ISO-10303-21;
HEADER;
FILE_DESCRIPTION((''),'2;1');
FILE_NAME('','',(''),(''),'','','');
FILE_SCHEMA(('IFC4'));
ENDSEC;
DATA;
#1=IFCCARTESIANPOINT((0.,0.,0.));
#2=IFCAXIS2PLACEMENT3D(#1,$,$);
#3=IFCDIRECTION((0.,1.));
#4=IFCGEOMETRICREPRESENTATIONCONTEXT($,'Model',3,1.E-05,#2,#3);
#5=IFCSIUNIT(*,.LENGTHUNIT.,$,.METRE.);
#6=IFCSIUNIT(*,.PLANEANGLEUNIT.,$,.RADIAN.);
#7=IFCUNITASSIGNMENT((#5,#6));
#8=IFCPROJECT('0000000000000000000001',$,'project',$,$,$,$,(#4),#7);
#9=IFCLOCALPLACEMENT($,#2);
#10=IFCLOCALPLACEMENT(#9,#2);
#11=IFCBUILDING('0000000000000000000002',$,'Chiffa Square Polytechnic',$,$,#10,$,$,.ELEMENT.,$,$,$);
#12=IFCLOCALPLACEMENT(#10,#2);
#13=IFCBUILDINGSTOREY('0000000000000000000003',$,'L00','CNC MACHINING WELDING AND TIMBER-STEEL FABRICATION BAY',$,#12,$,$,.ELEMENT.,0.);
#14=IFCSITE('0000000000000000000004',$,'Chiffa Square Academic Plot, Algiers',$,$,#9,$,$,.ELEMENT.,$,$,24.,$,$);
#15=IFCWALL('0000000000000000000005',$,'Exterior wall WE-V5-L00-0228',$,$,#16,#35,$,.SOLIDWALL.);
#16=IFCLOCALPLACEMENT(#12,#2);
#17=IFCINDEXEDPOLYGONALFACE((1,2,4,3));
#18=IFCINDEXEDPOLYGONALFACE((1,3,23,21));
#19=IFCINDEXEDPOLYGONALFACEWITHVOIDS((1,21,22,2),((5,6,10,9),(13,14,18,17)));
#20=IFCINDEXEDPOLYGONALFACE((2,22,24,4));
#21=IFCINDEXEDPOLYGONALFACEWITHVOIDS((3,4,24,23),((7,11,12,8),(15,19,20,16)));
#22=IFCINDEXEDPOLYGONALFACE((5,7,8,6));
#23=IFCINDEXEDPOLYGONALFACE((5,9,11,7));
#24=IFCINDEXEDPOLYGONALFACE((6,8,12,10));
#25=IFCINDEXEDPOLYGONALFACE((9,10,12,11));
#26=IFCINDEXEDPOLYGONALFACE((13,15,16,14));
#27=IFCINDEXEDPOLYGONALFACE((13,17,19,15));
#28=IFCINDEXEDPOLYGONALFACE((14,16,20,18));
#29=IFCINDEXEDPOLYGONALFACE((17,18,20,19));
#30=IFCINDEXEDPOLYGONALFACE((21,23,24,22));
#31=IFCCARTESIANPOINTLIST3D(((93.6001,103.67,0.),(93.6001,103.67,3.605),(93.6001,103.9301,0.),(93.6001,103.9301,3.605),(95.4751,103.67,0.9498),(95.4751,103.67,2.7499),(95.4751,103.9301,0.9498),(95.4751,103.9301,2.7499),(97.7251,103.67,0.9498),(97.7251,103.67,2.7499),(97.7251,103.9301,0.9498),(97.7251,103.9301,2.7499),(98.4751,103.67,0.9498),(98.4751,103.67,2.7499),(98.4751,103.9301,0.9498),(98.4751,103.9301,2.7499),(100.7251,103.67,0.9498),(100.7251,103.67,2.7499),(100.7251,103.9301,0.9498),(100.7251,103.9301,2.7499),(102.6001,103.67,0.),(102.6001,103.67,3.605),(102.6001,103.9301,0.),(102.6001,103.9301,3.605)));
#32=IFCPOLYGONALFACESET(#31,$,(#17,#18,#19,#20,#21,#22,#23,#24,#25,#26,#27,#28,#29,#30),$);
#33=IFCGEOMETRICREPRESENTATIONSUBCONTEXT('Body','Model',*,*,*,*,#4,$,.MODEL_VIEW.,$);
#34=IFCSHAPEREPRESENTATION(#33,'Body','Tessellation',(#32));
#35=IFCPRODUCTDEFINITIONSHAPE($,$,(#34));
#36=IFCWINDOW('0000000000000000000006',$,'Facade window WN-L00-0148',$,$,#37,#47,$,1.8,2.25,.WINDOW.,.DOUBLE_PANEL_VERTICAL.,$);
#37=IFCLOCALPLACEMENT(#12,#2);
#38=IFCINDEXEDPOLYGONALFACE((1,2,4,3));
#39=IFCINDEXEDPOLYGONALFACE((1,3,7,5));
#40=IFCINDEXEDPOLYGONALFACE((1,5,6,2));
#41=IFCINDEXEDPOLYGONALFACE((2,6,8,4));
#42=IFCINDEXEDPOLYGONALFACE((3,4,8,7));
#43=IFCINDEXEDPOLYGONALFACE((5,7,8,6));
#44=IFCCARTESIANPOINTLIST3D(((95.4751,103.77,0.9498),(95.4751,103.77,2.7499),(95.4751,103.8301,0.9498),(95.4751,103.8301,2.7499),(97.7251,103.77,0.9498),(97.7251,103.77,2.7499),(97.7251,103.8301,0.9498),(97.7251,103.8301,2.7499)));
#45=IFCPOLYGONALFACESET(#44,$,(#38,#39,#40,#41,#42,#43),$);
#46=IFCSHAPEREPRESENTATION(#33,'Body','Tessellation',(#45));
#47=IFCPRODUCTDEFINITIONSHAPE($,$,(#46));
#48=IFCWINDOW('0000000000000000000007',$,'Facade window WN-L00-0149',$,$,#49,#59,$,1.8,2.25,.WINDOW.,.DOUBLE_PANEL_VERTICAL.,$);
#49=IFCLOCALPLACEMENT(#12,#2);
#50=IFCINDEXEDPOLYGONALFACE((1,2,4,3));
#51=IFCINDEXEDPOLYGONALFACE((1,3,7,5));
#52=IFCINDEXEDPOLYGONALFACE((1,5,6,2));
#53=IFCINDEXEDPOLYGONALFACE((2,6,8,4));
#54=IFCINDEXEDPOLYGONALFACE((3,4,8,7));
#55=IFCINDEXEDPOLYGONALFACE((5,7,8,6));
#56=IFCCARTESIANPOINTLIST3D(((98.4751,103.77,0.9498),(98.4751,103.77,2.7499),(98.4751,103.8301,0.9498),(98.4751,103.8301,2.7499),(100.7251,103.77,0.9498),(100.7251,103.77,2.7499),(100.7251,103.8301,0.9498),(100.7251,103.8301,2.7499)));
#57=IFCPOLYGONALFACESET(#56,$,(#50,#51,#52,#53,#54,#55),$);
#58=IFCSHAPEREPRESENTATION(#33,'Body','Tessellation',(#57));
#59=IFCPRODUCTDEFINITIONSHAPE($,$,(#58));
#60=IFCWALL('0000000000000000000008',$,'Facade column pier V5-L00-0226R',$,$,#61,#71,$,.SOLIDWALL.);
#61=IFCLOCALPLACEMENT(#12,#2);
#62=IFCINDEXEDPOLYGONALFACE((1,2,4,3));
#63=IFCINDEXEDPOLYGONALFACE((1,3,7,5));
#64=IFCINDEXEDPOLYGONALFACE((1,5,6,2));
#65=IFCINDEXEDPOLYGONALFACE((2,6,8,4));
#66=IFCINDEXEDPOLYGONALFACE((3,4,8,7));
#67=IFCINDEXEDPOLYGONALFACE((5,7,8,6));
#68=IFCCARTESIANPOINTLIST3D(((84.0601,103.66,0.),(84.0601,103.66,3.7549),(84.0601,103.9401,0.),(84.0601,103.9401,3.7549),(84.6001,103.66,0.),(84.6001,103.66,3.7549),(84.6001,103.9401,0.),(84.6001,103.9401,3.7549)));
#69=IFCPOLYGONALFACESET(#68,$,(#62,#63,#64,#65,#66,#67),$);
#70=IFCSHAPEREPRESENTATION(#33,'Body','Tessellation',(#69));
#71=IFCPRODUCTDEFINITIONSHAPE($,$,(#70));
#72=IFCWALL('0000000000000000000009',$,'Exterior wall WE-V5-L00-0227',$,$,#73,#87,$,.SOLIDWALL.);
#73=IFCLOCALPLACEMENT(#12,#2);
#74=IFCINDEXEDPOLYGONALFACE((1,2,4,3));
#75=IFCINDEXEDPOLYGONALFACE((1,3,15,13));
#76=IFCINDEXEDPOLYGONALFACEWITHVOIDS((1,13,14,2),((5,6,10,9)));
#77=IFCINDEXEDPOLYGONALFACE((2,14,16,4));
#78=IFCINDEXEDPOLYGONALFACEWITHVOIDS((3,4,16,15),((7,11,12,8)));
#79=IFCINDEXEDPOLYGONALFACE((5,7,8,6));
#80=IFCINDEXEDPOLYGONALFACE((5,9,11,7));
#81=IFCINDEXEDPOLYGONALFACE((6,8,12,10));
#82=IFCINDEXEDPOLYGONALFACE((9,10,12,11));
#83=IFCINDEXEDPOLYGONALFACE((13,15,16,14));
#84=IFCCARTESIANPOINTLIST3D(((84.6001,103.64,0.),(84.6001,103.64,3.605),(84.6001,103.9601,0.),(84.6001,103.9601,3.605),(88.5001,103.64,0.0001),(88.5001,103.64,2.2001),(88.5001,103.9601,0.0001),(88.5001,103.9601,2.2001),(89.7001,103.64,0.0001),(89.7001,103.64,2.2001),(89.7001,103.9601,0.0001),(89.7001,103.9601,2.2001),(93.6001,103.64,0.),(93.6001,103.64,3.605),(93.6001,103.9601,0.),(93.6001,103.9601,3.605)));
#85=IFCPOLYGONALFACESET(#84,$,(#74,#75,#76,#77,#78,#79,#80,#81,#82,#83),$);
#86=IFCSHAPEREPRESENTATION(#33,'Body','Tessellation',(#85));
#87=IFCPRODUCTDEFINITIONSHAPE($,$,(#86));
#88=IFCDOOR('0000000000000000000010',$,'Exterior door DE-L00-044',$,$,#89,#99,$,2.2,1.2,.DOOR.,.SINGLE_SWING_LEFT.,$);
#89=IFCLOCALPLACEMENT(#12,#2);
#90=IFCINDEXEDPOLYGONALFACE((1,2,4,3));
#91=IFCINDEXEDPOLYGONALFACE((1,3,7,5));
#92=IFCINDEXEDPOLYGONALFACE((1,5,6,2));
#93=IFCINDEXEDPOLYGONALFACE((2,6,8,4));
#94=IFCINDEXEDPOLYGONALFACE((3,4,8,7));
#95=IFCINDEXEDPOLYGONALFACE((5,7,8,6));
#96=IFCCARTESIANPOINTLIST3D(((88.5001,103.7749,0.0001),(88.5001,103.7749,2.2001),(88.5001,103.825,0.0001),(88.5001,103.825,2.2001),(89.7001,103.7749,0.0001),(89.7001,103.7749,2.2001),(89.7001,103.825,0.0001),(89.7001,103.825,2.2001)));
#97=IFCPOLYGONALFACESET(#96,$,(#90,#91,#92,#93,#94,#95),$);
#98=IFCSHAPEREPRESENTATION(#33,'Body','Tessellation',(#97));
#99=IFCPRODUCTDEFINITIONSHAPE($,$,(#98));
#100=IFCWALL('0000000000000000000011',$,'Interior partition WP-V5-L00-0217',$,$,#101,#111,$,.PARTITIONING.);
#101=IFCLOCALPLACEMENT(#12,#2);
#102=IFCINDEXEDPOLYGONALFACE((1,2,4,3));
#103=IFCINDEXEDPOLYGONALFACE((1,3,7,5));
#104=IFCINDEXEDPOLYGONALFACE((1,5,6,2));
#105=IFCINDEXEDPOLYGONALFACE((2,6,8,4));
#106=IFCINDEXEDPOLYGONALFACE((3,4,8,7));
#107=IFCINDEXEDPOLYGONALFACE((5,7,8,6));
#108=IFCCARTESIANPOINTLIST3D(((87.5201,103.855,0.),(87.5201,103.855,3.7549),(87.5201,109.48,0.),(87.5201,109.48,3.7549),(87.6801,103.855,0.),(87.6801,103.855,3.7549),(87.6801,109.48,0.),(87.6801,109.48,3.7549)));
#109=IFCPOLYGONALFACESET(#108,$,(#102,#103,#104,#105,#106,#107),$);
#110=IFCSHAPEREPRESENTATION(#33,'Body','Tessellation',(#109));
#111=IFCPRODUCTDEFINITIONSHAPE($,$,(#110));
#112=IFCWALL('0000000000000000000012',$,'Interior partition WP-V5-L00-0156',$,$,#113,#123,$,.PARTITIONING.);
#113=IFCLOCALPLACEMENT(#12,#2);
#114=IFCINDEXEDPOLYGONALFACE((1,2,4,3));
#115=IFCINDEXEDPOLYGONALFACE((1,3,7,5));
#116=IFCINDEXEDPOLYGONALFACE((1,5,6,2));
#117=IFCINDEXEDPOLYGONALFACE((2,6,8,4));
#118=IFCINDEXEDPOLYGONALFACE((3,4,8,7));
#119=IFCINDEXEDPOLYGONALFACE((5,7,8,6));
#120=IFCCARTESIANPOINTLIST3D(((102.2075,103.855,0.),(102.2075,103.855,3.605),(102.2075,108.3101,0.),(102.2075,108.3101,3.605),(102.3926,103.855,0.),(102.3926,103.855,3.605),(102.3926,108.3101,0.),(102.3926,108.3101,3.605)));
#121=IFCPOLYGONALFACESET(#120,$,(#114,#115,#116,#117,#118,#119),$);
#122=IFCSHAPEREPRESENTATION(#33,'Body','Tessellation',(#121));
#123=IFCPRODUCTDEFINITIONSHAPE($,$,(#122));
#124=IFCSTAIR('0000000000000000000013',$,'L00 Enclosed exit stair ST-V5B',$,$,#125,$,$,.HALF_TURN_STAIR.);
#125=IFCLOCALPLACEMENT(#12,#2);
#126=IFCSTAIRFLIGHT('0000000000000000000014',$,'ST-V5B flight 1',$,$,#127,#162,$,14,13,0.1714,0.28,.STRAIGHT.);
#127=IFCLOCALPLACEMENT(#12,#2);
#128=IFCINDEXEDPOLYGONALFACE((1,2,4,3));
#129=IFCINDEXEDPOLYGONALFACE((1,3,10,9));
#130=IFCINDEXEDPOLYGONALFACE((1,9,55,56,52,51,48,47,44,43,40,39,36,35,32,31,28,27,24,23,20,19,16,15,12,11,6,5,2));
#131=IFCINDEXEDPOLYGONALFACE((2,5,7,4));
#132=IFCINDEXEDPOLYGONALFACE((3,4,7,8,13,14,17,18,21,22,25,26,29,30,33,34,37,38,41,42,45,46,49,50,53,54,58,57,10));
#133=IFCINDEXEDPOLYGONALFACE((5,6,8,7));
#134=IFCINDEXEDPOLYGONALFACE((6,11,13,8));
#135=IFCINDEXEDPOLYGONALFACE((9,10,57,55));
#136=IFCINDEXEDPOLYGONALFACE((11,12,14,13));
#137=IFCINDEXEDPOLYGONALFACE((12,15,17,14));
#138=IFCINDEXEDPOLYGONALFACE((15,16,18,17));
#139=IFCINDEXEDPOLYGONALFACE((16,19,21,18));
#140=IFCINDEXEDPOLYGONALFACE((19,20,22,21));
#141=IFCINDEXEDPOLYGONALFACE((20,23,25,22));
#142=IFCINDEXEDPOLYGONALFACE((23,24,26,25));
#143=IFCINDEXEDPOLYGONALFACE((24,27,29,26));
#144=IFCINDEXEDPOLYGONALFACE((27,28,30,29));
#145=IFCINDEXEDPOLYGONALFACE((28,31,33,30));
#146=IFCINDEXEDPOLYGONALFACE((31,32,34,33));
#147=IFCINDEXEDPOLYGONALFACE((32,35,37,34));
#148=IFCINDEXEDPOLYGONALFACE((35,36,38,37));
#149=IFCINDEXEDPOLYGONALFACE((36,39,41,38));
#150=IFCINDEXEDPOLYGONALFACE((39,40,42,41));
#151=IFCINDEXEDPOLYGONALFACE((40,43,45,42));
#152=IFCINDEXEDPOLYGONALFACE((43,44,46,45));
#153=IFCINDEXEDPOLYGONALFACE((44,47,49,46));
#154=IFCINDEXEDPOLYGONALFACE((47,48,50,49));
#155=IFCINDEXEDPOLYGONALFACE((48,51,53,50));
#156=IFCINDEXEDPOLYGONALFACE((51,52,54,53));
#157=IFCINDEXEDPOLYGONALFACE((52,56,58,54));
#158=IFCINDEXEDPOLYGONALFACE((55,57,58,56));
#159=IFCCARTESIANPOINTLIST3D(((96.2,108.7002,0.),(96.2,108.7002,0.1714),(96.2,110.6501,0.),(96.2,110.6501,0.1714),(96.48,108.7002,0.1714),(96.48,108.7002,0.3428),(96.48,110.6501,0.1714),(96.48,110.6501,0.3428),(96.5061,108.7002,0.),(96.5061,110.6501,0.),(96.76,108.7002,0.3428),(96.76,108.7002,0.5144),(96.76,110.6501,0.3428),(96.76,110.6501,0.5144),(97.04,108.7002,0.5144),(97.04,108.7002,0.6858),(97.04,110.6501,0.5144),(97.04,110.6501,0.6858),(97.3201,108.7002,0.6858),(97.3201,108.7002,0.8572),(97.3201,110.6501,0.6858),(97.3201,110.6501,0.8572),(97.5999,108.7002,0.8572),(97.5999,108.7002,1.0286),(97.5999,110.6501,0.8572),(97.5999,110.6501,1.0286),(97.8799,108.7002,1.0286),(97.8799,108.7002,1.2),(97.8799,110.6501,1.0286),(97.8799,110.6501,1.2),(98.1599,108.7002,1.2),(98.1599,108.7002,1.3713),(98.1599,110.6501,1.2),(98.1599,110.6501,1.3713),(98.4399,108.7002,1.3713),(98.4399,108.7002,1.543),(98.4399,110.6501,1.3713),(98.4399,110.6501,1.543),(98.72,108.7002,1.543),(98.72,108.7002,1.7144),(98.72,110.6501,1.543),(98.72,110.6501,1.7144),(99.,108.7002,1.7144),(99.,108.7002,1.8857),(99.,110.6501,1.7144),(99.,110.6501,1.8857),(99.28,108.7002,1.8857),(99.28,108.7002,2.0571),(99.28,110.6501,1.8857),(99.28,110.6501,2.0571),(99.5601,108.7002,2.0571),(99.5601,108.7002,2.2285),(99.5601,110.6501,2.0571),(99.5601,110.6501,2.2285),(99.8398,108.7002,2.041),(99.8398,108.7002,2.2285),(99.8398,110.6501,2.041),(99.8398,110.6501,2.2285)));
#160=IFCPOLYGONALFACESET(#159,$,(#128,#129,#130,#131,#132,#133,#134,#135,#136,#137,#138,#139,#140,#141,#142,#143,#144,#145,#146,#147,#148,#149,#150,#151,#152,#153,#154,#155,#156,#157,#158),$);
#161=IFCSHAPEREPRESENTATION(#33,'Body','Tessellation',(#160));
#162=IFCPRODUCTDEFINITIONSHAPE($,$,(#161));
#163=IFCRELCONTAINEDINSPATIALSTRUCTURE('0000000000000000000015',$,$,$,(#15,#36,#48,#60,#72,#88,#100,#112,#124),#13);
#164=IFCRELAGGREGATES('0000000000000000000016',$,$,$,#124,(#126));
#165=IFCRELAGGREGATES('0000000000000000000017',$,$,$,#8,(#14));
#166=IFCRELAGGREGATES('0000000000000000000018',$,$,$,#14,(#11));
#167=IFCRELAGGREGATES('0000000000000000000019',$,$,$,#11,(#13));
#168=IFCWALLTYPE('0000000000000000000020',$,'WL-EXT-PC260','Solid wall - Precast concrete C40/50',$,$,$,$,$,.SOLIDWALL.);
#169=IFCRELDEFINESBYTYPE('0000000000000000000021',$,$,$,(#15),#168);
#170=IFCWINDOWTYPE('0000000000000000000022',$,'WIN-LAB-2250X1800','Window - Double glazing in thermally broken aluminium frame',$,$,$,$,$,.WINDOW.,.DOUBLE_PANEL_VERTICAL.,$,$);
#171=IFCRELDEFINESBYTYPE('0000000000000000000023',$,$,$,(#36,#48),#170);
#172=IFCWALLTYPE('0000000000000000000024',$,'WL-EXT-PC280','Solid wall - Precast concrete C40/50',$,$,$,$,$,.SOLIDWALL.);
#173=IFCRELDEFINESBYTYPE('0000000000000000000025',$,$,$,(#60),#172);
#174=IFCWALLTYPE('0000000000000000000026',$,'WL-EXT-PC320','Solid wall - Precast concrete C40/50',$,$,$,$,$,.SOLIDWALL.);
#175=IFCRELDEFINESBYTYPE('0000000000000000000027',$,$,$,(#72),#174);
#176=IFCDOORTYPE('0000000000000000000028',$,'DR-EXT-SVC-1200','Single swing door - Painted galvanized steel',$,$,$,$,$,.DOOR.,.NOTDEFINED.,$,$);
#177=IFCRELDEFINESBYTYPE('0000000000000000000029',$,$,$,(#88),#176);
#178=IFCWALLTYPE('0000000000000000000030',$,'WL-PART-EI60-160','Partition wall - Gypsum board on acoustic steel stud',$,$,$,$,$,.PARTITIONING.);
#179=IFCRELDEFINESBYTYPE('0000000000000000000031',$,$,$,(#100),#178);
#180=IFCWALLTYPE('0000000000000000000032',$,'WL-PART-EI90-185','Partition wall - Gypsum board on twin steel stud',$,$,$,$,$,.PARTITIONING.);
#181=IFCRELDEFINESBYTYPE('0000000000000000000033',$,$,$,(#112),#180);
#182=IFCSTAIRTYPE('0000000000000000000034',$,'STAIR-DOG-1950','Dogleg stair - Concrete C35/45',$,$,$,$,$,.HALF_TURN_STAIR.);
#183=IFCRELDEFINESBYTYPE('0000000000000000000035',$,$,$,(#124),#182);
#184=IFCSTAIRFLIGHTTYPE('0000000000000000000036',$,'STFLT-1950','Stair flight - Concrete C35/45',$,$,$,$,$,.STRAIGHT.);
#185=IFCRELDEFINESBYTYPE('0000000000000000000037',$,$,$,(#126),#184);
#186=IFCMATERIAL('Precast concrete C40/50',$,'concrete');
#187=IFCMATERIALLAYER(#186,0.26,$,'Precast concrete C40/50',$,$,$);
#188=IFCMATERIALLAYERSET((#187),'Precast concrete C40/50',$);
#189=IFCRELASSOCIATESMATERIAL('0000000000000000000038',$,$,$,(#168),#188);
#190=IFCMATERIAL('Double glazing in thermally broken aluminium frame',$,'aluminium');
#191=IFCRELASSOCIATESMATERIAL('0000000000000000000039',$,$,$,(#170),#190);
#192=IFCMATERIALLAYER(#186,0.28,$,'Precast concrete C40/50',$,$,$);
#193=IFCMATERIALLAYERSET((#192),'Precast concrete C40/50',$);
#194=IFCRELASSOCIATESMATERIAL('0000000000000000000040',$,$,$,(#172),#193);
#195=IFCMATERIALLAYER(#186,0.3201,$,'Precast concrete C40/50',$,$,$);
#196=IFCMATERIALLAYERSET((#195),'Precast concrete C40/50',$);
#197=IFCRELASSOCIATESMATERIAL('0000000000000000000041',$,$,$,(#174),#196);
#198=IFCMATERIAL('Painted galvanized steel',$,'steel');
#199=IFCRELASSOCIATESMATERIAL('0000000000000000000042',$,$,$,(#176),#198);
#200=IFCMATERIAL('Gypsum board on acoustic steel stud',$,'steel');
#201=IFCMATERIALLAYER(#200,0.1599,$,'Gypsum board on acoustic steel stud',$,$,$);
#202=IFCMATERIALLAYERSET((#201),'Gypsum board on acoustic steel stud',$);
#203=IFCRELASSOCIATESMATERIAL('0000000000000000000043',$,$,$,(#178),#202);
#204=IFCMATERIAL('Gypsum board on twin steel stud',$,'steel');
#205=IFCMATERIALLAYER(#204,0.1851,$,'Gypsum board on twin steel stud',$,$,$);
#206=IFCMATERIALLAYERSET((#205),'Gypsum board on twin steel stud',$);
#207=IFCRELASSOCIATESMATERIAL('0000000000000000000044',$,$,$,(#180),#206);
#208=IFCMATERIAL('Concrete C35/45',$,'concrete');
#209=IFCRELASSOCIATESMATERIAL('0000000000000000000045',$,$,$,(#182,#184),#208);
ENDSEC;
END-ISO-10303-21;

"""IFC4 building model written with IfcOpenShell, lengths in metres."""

from ifc_helpers import new_model, si_unit, direction, frame, frame_2d, origin, place, context, subcontext, project, spatial, polyline, rectangle, outline, extrude, material, layer, layer_set, type_object, element, fill, aggregate, save


model = new_model("IFC4")

# Units and contexts
model_context = context("Model", 3, precision=1e-05, world=origin(), true_north=direction((0.0, 1.0)))
body_context = subcontext(model_context, "Body", "Model", "MODEL_VIEW")
ifc_project = project(units=[si_unit("LENGTHUNIT", "METRE"), si_unit("PLANEANGLEUNIT", "RADIAN")], contexts=[model_context])

# Site, building, storey
site_placement = place(None, origin())
site = spatial("IfcSite", under=ifc_project, at=site_placement, Name="Chiffa Square Academic Plot, Algiers", CompositionType="ELEMENT", RefElevation=24.0)
building_placement = place(site_placement, origin())
building = spatial("IfcBuilding", under=site, at=building_placement, Name="Chiffa Square Polytechnic", CompositionType="ELEMENT")
storey_placement = place(building_placement, origin())
storey = spatial("IfcBuildingStorey", under=building, at=storey_placement, Name="L00", Description="CNC MACHINING WELDING AND TIMBER-STEEL FABRICATION BAY", CompositionType="ELEMENT", Elevation=0.0)

# Shared definitions
ifc_material_1 = material(Name="Concrete C35/45", Category="concrete")

# Wall, openings, windows
ifc_material_2 = material(Name="Precast concrete C40/50", Category="concrete")
ifc_layer_1 = layer(ifc_material_2, 0.26, Name="Precast concrete C40/50")
ifc_layer_set_1 = layer_set([ifc_layer_1], Name="Precast concrete C40/50")
wall_type_1 = type_object("IfcWallType", Name="WL-EXT-PC260", Description="Solid wall - Precast concrete C40/50", PredefinedType="SOLIDWALL", material=ifc_layer_set_1)
wall_1_placement = place(storey_placement, frame((93.6001, 103.8, 0.0), z_axis=(0.0, 0.0, 1.0), x_axis=(1.0, 0.0, 0.0)))
wall_1 = element("IfcWall", 1, at=wall_1_placement, inside=storey, type_object=wall_type_1, Name="Exterior wall WE-V5-L00-0228", PredefinedType="SOLIDWALL", context=body_context, shape_type="SweptSolid", body=[
    extrude(rectangle(XDim=9.0, YDim=0.26, at=frame_2d((4.5, 0.0))), origin(), (0.0, 0.0, 1.0), 3.605),
])
opening_1_placement = place(wall_1_placement, frame((1.875, 0.0, 0.95)))
opening_1 = element("IfcOpeningElement", 2, at=opening_1_placement, cuts=wall_1, PredefinedType="OPENING", context=body_context, shape_type="SweptSolid", body=[
    extrude(rectangle(XDim=2.25, YDim=1.8, at=frame_2d((1.125, 0.8999))), frame((0.0, 0.1401, 0.0), z_axis=(0.0, -1.0, 0.0), x_axis=(1.0, 0.0, 0.0)), (0.0, 0.0, 1.0), 0.28),
])
opening_2_placement = place(wall_1_placement, frame((4.875, 0.0, 0.95)))
opening_2 = element("IfcOpeningElement", 3, at=opening_2_placement, cuts=wall_1, PredefinedType="OPENING", context=body_context, shape_type="SweptSolid", body=[
    extrude(rectangle(XDim=2.25, YDim=1.8, at=frame_2d((1.125, 0.8999))), frame((0.0, 0.1401, 0.0), z_axis=(0.0, -1.0, 0.0), x_axis=(1.0, 0.0, 0.0)), (0.0, 0.0, 1.0), 0.28),
])
ifc_material_3 = material(Name="Double glazing in thermally broken aluminium frame", Category="aluminium")
window_type = type_object("IfcWindowType", Name="WIN-LAB-2250X1800", Description="Window - Double glazing in thermally broken aluminium frame", PartitioningType="DOUBLE_PANEL_VERTICAL", PredefinedType="WINDOW", material=ifc_material_3)
window_1_placement = place(opening_1_placement, origin())
window_1 = element("IfcWindow", 4, at=window_1_placement, inside=storey, type_object=window_type, Name="Facade window WN-L00-0148", OverallHeight=1.8, OverallWidth=2.25, PartitioningType="DOUBLE_PANEL_VERTICAL", PredefinedType="WINDOW", context=body_context, shape_type="SweptSolid", body=[
    extrude(rectangle(XDim=2.25, YDim=1.8, at=frame_2d((1.125, 0.8999))), frame((0.0, 0.03, 0.0), z_axis=(0.0, -1.0, 0.0), x_axis=(1.0, 0.0, 0.0)), (0.0, 0.0, 1.0), 0.0601),
])
fill(opening_1, window_1)
window_2_placement = place(opening_2_placement, origin())
window_2 = element("IfcWindow", 5, at=window_2_placement, inside=storey, type_object=window_type, Name="Facade window WN-L00-0149", OverallHeight=1.8, OverallWidth=2.25, PartitioningType="DOUBLE_PANEL_VERTICAL", PredefinedType="WINDOW", context=body_context, shape_type="SweptSolid", body=[
    extrude(rectangle(XDim=2.25, YDim=1.8, at=frame_2d((1.125, 0.8999))), frame((0.0, 0.03, 0.0), z_axis=(0.0, -1.0, 0.0), x_axis=(1.0, 0.0, 0.0)), (0.0, 0.0, 1.0), 0.0601),
])
fill(opening_2, window_2)

# Wall
ifc_layer_2 = layer(ifc_material_2, 0.28, Name="Precast concrete C40/50")
ifc_layer_set_2 = layer_set([ifc_layer_2], Name="Precast concrete C40/50")
wall_type_2 = type_object("IfcWallType", Name="WL-EXT-PC280", Description="Solid wall - Precast concrete C40/50", PredefinedType="SOLIDWALL", material=ifc_layer_set_2)
wall_2_placement = place(storey_placement, frame((84.0601, 103.8, 0.0), z_axis=(0.0, 0.0, 1.0), x_axis=(1.0, 0.0, 0.0)))
element("IfcWall", 6, at=wall_2_placement, inside=storey, type_object=wall_type_2, Name="Facade column pier V5-L00-0226R", PredefinedType="SOLIDWALL", context=body_context, shape_type="SweptSolid", body=[
    extrude(rectangle(XDim=0.54, YDim=0.28, at=frame_2d((0.27, 0.0))), origin(), (0.0, 0.0, 1.0), 3.7549),
])

# Wall, opening, door
ifc_layer_3 = layer(ifc_material_2, 0.3201, Name="Precast concrete C40/50")
ifc_layer_set_3 = layer_set([ifc_layer_3], Name="Precast concrete C40/50")
wall_type_3 = type_object("IfcWallType", Name="WL-EXT-PC320", Description="Solid wall - Precast concrete C40/50", PredefinedType="SOLIDWALL", material=ifc_layer_set_3)
wall_3_placement = place(storey_placement, frame((84.6001, 103.8, 0.0), z_axis=(0.0, 0.0, 1.0), x_axis=(1.0, 0.0, 0.0)))
wall_3 = element("IfcWall", 7, at=wall_3_placement, inside=storey, type_object=wall_type_3, Name="Exterior wall WE-V5-L00-0227", PredefinedType="SOLIDWALL", context=body_context, shape_type="SweptSolid", body=[
    extrude(rectangle(XDim=9.0, YDim=0.3201, at=frame_2d((4.5, 0.0))), origin(), (0.0, 0.0, 1.0), 3.605),
])
opening_3_placement = place(wall_3_placement, frame((3.8999, 0.0, 0.0)))
opening_3 = element("IfcOpeningElement", 8, at=opening_3_placement, cuts=wall_3, PredefinedType="OPENING", context=body_context, shape_type="SweptSolid", body=[
    extrude(rectangle(XDim=1.2, YDim=2.2, at=frame_2d((0.6001, 1.1001))), frame((0.0, 0.1699, 0.0), z_axis=(0.0, -1.0, 0.0), x_axis=(1.0, 0.0, 0.0)), (0.0, 0.0, 1.0), 0.3401),
])
ifc_material_4 = material(Name="Painted galvanized steel", Category="steel")
door_type = type_object("IfcDoorType", Name="DR-EXT-SVC-1200", Description="Single swing door - Painted galvanized steel", OperationType="NOTDEFINED", PredefinedType="DOOR", material=ifc_material_4)
door_placement = place(opening_3_placement, origin())
door = element("IfcDoor", 9, at=door_placement, inside=storey, type_object=door_type, Name="Exterior door DE-L00-044", OperationType="SINGLE_SWING_LEFT", OverallHeight=2.2, OverallWidth=1.2, PredefinedType="DOOR", context=body_context, shape_type="SweptSolid", body=[
    extrude(rectangle(XDim=1.2, YDim=2.2, at=frame_2d((0.6001, 1.1001))), frame((0.0, 0.0249, 0.0), z_axis=(0.0, -1.0, 0.0), x_axis=(1.0, 0.0, 0.0)), (0.0, 0.0, 1.0), 0.05),
])
fill(opening_3, door)

# Walls
ifc_material_5 = material(Name="Gypsum board on acoustic steel stud", Category="steel")
ifc_layer_4 = layer(ifc_material_5, 0.1599, Name="Gypsum board on acoustic steel stud")
ifc_layer_set_4 = layer_set([ifc_layer_4], Name="Gypsum board on acoustic steel stud")
wall_type_4 = type_object("IfcWallType", Name="WL-PART-EI60-160", Description="Partition wall - Gypsum board on acoustic steel stud", PredefinedType="PARTITIONING", material=ifc_layer_set_4)
wall_4_placement = place(storey_placement, frame((87.6001, 103.855, 0.0), z_axis=(0.0, 0.0, 1.0), x_axis=(0.0, 1.0, 0.0)))
element("IfcWall", 10, at=wall_4_placement, inside=storey, type_object=wall_type_4, Name="Interior partition WP-V5-L00-0217", PredefinedType="PARTITIONING", context=body_context, shape_type="SweptSolid", body=[
    extrude(rectangle(XDim=5.625, YDim=0.1599, at=frame_2d((2.8125, 0.0))), origin(), (0.0, 0.0, 1.0), 3.7549),
])
ifc_material_6 = material(Name="Gypsum board on twin steel stud", Category="steel")
ifc_layer_5 = layer(ifc_material_6, 0.1851, Name="Gypsum board on twin steel stud")
ifc_layer_set_5 = layer_set([ifc_layer_5], Name="Gypsum board on twin steel stud")
wall_type_5 = type_object("IfcWallType", Name="WL-PART-EI90-185", Description="Partition wall - Gypsum board on twin steel stud", PredefinedType="PARTITIONING", material=ifc_layer_set_5)
wall_5_placement = place(storey_placement, frame((102.3, 103.855, 0.0), z_axis=(0.0, 0.0, 1.0), x_axis=(0.0, 1.0, 0.0)))
element("IfcWall", 11, at=wall_5_placement, inside=storey, type_object=wall_type_5, Name="Interior partition WP-V5-L00-0156", PredefinedType="PARTITIONING", context=body_context, shape_type="SweptSolid", body=[
    extrude(rectangle(XDim=4.4551, YDim=0.1851, at=frame_2d((2.2275, 0.0))), origin(), (0.0, 0.0, 1.0), 3.605),
])

# Stair, stair flight
stair_type = type_object("IfcStairType", Name="STAIR-DOG-1950", Description="Dogleg stair - Concrete C35/45", PredefinedType="HALF_TURN_STAIR", material=ifc_material_1)
stair_placement = place(storey_placement, origin())
stair = element("IfcStair", 12, at=stair_placement, inside=storey, type_object=stair_type, Name="L00 Enclosed exit stair ST-V5B", PredefinedType="HALF_TURN_STAIR")
stair_flight_type = type_object("IfcStairFlightType", Name="STFLT-1950", Description="Stair flight - Concrete C35/45", PredefinedType="STRAIGHT", material=ifc_material_1)
stair_flight_placement = place(storey_placement, frame((96.2, 109.675, 0.0), z_axis=(0.0, 0.0, 1.0), x_axis=(1.0, 0.0, 0.0)))
stair_flight = element("IfcStairFlight", 13, at=stair_flight_placement, type_object=stair_flight_type, Name="ST-V5B flight 1", NumberOfRisers=14, NumberOfTreads=13, PredefinedType="STRAIGHT", RiserHeight=0.1714, TreadLength=0.28, context=body_context, shape_type="SweptSolid", body=[
    extrude(outline(polyline([(0.0, 0.0), (0.0, 0.1714), (0.28, 0.1714), (0.28, 0.3428), (0.5601, 0.3428), (0.5601, 0.5144), (0.8401, 0.5144), (0.8401, 0.6858), (1.1201, 0.6858), (1.1201, 0.8572), (1.3999, 0.8572), (1.3999, 1.0286), (1.6799, 1.0286), (1.6799, 1.2), (1.96, 1.2), (1.96, 1.3713), (2.24, 1.3713), (2.24, 1.543), (2.52, 1.543), (2.52, 1.7144), (2.8, 1.7144), (2.8, 1.8857), (3.0801, 1.8857), (3.0801, 2.0571), (3.3601, 2.0571), (3.3601, 2.2285), (3.6399, 2.2285), (3.6399, 2.3999), (3.6399, 2.041), (0.3062, 0.0), (0.0, 0.0)])), frame((0.0, 0.9751, 0.0), z_axis=(0.0, -1.0, 0.0), x_axis=(1.0, 0.0, 0.0)), (0.0, 0.0, 1.0), 1.95),
])
aggregate(stair, [stair_flight])

save(model, "model.ifc")
